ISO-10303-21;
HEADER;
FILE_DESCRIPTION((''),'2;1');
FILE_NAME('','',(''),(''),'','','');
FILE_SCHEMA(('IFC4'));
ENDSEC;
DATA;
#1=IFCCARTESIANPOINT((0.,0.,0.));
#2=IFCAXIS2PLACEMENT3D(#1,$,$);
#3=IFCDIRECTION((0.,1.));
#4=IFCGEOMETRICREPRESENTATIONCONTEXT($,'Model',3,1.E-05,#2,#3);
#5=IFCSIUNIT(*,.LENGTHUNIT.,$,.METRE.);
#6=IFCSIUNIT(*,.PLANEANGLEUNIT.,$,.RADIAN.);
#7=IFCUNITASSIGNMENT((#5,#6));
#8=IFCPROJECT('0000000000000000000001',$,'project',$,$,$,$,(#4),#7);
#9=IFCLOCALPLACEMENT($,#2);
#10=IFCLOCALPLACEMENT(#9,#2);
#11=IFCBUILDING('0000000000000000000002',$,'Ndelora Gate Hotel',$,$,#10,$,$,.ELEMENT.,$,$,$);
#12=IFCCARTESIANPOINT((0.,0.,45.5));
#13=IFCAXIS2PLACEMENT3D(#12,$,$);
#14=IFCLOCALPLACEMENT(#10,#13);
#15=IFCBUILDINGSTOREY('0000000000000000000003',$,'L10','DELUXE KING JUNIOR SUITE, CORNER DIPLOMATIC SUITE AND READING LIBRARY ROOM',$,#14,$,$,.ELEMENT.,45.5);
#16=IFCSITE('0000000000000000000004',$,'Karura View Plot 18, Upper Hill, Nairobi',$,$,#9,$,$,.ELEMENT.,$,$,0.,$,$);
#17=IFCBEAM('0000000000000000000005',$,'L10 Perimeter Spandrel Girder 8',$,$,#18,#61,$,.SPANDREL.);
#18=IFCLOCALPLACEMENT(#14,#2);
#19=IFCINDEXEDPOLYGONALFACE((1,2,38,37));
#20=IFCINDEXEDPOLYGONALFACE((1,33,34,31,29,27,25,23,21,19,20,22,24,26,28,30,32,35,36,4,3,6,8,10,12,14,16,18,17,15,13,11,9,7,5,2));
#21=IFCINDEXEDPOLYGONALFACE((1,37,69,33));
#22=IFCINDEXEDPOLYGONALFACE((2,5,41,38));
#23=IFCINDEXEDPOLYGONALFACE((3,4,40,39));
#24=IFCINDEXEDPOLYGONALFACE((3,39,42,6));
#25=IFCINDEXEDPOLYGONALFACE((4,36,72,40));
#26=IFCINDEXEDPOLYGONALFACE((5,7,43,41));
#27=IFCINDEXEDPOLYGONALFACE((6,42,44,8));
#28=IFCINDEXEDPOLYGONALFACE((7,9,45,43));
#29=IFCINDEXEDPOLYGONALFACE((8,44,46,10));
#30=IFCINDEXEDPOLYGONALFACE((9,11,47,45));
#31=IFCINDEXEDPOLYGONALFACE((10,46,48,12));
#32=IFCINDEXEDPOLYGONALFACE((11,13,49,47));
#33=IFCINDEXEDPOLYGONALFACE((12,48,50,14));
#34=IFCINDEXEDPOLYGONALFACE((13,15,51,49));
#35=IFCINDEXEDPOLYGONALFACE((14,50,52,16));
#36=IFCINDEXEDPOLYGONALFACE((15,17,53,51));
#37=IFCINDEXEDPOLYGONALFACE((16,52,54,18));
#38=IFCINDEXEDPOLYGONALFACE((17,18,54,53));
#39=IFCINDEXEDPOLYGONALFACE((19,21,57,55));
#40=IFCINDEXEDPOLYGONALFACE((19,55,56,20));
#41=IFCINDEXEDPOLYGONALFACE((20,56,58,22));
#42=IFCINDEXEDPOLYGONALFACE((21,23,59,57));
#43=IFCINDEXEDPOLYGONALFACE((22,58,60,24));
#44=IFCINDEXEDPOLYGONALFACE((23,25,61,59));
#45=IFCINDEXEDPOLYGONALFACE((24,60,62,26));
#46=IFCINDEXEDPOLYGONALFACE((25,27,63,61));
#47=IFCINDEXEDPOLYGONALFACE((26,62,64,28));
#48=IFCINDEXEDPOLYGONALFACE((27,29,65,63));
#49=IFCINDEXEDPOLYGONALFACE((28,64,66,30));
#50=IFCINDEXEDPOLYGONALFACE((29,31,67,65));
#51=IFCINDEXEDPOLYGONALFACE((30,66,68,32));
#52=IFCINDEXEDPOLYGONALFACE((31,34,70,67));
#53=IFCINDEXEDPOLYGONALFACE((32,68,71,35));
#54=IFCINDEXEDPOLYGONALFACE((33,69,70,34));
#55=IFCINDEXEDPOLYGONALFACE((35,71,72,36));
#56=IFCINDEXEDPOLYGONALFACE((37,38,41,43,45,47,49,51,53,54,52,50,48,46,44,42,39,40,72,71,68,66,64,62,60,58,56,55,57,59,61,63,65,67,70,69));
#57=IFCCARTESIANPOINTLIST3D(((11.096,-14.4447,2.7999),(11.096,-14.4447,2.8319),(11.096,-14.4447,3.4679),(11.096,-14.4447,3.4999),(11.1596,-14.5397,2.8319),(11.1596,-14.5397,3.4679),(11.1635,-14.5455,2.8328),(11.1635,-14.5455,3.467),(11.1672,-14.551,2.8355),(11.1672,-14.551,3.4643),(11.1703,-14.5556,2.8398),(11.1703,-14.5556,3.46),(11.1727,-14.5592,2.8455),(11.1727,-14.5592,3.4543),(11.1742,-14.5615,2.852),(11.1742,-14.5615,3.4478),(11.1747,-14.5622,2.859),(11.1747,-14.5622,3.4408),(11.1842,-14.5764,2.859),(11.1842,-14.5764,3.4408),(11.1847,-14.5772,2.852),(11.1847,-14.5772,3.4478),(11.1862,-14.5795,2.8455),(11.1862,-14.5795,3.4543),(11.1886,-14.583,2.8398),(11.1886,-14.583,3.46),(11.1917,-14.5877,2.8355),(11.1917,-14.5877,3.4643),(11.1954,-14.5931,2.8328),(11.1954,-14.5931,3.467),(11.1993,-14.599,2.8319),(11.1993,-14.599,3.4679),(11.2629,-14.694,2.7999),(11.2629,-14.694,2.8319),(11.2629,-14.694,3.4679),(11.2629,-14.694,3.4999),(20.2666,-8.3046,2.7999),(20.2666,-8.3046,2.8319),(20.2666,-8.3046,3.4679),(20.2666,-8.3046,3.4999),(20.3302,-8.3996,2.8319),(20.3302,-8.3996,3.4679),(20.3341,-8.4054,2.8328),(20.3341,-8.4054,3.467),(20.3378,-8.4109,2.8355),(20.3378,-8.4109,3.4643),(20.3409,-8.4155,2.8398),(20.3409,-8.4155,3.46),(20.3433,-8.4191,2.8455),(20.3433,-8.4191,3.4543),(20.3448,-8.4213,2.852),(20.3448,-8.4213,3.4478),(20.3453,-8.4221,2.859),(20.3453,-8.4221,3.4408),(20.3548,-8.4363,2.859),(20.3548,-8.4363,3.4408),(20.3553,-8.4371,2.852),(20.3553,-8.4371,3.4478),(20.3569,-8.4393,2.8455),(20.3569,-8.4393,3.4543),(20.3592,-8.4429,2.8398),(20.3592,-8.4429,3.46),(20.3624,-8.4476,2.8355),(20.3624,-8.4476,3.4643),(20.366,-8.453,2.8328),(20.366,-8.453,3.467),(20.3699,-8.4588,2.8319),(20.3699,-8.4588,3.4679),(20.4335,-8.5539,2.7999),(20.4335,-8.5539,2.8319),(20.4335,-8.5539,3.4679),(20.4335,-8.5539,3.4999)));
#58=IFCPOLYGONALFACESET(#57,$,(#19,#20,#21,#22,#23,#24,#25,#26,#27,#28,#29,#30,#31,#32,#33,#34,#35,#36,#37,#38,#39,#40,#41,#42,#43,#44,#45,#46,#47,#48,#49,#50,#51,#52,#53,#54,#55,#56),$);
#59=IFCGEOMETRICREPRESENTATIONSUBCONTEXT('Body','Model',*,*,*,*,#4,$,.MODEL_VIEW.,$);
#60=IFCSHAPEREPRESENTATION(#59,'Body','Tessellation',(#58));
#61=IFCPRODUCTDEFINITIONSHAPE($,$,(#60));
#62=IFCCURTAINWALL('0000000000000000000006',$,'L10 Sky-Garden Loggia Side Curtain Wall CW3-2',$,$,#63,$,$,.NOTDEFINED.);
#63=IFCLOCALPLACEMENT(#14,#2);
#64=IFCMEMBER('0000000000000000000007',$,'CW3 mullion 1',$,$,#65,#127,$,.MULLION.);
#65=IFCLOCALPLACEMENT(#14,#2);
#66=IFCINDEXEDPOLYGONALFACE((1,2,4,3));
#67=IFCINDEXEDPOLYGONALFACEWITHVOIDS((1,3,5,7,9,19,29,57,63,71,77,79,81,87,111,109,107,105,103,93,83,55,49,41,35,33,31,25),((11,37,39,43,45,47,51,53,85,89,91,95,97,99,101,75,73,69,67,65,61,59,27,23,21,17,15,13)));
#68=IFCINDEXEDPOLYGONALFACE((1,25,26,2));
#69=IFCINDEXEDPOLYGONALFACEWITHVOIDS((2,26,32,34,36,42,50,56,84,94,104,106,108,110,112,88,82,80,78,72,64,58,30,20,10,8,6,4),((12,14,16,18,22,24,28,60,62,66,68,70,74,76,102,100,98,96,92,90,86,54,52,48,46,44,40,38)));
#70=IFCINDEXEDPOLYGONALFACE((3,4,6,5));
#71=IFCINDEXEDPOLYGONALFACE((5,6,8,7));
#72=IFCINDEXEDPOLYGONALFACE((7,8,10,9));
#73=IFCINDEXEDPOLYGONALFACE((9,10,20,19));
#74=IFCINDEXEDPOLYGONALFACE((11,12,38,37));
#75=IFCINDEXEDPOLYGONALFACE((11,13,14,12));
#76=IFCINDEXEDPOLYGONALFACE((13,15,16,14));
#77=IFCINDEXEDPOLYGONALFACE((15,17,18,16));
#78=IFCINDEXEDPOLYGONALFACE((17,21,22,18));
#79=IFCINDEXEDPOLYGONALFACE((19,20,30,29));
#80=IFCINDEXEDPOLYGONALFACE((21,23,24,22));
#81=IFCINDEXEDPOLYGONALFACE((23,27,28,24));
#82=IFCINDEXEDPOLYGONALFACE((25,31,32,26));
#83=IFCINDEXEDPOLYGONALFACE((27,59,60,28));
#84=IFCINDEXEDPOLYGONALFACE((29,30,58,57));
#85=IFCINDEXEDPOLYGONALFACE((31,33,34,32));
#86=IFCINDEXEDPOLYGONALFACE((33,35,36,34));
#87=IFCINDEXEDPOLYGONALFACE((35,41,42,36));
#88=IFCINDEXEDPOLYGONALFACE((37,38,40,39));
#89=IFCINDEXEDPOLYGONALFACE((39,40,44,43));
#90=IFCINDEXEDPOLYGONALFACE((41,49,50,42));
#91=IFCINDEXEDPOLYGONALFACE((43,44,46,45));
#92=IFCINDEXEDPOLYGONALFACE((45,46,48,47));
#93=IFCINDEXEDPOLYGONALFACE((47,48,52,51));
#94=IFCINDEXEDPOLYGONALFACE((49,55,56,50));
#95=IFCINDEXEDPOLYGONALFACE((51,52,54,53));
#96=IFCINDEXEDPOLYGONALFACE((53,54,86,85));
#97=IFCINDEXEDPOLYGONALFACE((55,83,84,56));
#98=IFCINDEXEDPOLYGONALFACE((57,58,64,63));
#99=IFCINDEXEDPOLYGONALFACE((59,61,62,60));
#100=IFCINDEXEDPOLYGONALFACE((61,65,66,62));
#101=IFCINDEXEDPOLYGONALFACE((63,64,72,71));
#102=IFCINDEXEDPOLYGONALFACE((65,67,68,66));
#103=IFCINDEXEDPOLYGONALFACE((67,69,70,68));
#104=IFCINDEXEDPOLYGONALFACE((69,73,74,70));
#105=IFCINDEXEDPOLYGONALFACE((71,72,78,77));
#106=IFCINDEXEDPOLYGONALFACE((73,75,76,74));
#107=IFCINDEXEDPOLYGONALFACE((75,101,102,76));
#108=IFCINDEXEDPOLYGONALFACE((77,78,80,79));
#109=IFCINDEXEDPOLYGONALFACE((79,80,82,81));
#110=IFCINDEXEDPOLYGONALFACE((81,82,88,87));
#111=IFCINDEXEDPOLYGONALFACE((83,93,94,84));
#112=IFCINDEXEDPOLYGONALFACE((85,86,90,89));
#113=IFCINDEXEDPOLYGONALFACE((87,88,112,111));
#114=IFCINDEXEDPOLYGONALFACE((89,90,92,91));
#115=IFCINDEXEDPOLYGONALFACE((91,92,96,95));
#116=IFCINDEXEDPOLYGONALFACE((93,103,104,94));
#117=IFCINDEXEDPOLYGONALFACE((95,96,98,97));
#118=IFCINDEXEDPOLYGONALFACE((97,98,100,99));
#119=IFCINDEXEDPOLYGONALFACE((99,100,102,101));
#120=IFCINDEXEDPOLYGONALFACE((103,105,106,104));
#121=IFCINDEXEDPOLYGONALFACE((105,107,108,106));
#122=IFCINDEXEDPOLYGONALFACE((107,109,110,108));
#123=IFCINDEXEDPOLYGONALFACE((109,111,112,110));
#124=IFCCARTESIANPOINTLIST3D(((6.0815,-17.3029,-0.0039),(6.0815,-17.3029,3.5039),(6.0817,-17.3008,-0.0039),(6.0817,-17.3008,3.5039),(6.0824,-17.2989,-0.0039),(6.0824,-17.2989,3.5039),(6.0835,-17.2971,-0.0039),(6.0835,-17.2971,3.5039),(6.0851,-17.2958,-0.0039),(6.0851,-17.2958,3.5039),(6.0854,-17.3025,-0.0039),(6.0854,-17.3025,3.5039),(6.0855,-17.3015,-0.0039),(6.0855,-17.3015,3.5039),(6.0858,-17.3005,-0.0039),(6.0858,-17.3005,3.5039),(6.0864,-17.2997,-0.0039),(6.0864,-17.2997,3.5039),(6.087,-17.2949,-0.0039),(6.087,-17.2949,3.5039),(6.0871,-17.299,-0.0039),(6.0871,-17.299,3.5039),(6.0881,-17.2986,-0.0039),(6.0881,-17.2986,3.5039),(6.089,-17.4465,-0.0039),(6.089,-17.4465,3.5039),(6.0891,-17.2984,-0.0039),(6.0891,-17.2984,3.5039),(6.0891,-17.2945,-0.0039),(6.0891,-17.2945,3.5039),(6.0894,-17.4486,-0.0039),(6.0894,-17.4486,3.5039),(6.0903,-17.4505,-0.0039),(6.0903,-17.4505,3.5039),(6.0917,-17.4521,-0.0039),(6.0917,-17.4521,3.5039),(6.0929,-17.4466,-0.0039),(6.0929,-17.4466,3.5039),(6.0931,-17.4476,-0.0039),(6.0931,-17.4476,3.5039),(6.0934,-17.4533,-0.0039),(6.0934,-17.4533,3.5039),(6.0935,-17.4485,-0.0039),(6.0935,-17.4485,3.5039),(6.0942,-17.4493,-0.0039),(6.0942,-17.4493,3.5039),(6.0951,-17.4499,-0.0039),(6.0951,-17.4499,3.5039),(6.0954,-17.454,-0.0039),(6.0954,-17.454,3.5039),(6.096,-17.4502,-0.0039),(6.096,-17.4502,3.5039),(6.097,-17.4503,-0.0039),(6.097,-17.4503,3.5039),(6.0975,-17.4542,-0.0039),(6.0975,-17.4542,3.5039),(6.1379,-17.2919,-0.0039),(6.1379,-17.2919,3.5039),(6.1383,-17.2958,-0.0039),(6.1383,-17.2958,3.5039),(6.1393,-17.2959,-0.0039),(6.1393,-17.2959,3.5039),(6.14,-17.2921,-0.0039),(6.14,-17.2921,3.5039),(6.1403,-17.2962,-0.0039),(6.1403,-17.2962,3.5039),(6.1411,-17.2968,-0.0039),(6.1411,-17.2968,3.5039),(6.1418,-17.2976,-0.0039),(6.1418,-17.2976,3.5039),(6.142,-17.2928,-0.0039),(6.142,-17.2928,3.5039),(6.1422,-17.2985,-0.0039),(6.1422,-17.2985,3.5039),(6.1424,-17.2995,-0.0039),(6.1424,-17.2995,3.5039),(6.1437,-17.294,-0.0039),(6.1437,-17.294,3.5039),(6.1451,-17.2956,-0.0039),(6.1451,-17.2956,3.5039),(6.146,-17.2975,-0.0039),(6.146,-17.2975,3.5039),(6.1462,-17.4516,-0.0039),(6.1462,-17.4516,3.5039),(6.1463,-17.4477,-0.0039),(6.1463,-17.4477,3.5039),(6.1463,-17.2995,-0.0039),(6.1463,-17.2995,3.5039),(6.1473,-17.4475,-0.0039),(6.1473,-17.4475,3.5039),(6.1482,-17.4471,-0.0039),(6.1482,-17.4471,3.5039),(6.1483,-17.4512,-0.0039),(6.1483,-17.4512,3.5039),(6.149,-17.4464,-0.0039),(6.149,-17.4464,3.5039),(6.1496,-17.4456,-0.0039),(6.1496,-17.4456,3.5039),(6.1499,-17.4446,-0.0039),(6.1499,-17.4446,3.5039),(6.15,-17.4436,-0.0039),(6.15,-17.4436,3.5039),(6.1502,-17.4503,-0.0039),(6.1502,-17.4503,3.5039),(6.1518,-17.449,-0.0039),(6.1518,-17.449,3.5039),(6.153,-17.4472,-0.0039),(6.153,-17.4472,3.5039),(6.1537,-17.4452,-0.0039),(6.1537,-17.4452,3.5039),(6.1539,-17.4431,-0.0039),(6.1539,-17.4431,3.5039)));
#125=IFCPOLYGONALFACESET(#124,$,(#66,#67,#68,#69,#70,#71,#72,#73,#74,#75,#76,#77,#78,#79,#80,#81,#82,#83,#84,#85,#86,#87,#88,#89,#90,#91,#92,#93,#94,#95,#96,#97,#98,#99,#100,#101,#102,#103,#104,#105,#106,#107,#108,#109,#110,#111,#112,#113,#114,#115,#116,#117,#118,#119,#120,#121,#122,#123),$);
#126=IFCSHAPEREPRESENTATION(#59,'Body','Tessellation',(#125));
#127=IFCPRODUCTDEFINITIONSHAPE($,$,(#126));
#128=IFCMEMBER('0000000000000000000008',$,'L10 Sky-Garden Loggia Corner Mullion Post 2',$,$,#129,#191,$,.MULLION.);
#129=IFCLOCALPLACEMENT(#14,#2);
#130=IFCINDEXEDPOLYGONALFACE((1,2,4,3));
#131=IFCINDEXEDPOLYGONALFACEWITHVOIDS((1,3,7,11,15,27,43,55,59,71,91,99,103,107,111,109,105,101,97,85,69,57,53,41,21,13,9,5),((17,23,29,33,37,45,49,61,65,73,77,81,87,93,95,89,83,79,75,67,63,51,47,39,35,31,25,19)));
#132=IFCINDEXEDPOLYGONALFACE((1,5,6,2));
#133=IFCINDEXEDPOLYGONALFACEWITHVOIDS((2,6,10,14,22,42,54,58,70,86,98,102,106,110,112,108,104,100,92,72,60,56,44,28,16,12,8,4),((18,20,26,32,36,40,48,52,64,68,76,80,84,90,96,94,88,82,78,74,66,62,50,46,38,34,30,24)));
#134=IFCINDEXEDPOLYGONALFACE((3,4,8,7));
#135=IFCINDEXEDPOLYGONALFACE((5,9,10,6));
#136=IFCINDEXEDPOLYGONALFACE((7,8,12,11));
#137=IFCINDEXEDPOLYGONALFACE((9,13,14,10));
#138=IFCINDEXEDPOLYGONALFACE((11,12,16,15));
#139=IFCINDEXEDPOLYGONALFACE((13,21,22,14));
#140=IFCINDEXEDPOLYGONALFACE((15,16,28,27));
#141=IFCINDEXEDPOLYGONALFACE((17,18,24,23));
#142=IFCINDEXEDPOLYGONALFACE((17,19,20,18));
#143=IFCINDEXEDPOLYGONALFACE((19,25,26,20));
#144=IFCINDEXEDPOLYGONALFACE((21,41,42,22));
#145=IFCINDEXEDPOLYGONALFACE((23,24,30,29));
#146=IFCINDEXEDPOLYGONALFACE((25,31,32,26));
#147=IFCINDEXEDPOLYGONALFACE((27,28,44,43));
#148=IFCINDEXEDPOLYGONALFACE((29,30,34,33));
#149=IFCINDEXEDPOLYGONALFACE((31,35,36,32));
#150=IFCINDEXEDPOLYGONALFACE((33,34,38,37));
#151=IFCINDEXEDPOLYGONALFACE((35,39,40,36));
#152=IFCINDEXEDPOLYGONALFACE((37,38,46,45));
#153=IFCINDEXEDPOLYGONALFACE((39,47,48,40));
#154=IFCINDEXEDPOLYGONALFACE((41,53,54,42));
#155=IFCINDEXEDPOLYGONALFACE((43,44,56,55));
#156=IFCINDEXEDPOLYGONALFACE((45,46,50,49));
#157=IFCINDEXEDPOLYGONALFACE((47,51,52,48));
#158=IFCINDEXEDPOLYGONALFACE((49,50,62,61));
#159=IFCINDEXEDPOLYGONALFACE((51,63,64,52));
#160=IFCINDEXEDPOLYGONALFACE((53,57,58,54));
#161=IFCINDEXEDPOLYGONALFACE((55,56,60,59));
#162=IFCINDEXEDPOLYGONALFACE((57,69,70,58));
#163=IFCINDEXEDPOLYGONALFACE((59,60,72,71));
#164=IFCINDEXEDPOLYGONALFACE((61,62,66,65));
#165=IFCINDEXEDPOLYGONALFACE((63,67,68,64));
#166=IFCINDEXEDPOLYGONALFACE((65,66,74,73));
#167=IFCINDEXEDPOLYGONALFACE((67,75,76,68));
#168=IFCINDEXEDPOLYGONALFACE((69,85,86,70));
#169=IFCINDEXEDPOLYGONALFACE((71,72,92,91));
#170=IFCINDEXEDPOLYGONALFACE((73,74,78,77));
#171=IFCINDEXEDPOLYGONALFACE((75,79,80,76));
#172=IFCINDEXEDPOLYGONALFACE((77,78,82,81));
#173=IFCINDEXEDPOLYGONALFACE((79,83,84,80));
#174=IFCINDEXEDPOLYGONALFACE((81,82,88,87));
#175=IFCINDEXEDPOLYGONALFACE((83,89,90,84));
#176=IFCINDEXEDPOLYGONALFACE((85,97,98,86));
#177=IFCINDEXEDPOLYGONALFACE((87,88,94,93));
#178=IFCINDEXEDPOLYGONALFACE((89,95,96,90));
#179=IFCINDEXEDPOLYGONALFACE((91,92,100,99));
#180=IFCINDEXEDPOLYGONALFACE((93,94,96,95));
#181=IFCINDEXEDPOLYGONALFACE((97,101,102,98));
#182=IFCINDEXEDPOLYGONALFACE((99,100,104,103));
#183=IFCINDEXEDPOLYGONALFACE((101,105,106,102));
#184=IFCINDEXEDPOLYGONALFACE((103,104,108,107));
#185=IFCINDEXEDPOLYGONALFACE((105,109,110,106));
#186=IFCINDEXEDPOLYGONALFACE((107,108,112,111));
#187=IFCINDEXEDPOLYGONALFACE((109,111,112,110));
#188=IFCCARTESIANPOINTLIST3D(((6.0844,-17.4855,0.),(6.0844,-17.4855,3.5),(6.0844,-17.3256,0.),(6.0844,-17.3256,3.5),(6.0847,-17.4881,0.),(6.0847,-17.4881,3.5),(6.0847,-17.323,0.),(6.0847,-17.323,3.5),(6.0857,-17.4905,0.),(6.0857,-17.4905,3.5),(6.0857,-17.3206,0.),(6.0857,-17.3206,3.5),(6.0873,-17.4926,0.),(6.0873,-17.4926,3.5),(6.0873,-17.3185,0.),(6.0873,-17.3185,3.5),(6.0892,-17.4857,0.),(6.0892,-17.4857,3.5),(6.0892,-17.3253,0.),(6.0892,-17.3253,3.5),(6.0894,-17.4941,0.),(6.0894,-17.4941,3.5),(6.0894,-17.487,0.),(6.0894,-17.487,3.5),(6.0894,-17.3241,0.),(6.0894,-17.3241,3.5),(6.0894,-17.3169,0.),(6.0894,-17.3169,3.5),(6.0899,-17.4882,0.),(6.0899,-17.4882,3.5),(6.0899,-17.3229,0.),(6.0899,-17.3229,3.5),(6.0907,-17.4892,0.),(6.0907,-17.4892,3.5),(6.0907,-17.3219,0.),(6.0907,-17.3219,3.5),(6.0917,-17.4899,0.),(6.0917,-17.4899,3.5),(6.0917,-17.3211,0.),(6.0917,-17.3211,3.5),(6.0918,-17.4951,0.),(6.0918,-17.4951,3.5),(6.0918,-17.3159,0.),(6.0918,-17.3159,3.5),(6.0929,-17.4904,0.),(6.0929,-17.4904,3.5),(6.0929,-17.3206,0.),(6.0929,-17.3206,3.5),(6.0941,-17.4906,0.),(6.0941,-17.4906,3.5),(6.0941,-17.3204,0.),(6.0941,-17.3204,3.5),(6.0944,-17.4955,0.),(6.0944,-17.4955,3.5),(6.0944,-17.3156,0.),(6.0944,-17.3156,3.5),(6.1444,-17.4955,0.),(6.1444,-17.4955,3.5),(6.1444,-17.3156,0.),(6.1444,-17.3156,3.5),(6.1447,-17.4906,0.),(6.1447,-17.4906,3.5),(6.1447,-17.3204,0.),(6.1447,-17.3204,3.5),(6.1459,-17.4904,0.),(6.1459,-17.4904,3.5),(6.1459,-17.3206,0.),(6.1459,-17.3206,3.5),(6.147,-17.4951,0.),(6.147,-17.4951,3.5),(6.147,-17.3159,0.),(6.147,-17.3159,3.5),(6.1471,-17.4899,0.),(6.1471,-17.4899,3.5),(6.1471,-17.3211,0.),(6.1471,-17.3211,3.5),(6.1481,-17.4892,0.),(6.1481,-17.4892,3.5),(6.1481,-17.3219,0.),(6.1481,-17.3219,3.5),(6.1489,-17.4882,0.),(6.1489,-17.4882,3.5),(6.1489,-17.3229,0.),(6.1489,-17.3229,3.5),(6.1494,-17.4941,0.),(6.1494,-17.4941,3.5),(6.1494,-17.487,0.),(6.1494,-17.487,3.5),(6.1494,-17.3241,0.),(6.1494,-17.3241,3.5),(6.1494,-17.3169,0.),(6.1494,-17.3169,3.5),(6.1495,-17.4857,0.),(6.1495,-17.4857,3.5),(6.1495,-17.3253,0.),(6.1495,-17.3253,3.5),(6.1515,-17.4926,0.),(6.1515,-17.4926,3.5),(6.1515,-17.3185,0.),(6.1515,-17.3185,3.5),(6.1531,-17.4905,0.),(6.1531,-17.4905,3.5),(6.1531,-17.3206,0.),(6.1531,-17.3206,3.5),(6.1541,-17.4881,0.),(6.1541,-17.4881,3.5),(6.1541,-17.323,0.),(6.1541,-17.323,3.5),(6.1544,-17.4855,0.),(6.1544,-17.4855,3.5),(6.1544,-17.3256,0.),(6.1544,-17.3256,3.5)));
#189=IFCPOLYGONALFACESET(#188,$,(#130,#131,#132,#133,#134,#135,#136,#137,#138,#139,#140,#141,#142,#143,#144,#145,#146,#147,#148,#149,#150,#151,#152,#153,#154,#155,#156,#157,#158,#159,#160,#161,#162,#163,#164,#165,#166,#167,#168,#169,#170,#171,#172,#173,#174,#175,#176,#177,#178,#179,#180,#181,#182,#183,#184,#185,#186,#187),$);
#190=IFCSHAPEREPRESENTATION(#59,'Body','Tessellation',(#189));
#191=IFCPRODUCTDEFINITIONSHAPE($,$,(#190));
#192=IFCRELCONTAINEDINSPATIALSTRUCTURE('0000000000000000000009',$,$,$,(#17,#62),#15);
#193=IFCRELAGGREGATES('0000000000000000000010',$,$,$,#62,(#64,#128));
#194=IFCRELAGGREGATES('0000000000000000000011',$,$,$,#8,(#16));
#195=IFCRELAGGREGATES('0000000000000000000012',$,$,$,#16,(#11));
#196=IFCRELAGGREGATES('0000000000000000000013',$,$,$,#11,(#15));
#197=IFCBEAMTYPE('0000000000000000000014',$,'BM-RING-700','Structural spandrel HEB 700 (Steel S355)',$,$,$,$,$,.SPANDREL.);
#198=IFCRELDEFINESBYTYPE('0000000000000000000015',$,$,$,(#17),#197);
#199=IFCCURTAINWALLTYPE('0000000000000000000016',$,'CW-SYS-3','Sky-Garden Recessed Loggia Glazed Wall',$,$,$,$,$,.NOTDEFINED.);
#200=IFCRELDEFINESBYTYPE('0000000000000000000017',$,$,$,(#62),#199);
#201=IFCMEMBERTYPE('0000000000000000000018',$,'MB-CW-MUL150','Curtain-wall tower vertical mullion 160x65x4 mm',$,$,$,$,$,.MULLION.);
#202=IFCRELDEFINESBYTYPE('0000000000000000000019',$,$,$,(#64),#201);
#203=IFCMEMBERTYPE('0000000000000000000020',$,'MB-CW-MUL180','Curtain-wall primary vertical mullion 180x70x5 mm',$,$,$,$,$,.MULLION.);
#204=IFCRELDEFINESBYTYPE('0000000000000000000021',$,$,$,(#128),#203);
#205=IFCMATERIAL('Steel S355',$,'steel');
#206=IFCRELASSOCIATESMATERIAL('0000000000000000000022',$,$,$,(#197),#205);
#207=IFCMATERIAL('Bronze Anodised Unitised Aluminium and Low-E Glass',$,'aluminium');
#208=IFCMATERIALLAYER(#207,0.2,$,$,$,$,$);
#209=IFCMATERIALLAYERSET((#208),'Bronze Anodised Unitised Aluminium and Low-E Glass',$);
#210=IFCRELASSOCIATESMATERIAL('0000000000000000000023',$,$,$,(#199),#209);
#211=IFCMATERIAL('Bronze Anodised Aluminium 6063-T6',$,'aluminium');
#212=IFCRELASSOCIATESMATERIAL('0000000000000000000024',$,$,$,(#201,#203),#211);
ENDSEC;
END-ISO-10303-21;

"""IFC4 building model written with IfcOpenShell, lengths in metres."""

from ifc_helpers import new_model, si_unit, direction, frame, origin, origin_2d, place, context, subcontext, project, spatial, hollow_rectangle, i_section, extrude, material, layer, layer_set, material_profile, profile_set, type_object, element, aggregate, save


model = new_model("IFC4")

# Units and contexts
model_context = context("Model", 3, precision=1e-05, world=origin(), true_north=direction((0.0, 1.0)))
body_context = subcontext(model_context, "Body", "Model", "MODEL_VIEW")
ifc_project = project(units=[si_unit("LENGTHUNIT", "METRE"), si_unit("PLANEANGLEUNIT", "RADIAN")], contexts=[model_context])

# Site, building, storey
site_placement = place(None, origin())
site = spatial("IfcSite", under=ifc_project, at=site_placement, Name="Karura View Plot 18, Upper Hill, Nairobi", CompositionType="ELEMENT", RefElevation=0.0)
building_placement = place(site_placement, origin())
building = spatial("IfcBuilding", under=site, at=building_placement, Name="Ndelora Gate Hotel", CompositionType="ELEMENT")
storey_placement = place(building_placement, frame((0.0, 0.0, 45.5)))
storey = spatial("IfcBuildingStorey", under=building, at=storey_placement, Name="L10", Description="DELUXE KING JUNIOR SUITE, CORNER DIPLOMATIC SUITE AND READING LIBRARY ROOM", CompositionType="ELEMENT", Elevation=45.5)

# Beam
ifc_material_1 = material(Name="Steel S355", Category="steel")
ifc_material_profile_1 = material_profile(ifc_material_1, i_section(OverallWidth=0.3, OverallDepth=0.7, WebThickness=0.0171, FlangeThickness=0.032, FilletRadius=0.0271, at=origin_2d()), Name="HEB 700")
ifc_profile_set_1 = profile_set([ifc_material_profile_1], Name="Steel S355")
beam_type_1 = type_object("IfcBeamType", Name="BM-RING-700", Description="Structural spandrel HEB 700 (Steel S355)", PredefinedType="SPANDREL", material=ifc_profile_set_1)
beam_1_placement = place(storey_placement, frame((11.1794, -14.5693, 3.1499), z_axis=(0.830946, 0.556353, 0.0), x_axis=(-0.556353, 0.830946, 0.0)))
element("IfcBeam", 1, at=beam_1_placement, inside=storey, type_object=beam_type_1, Name="L10 Perimeter Spandrel Girder 8", PredefinedType="SPANDREL", context=body_context, shape_type="SweptSolid", body=[
    extrude(i_section(OverallWidth=0.3, OverallDepth=0.7, WebThickness=0.0171, FlangeThickness=0.032, FilletRadius=0.0271, at=origin_2d()), origin(), (0.0, 0.0, 1.0), 11.0364),
])

# Curtain wall, members
ifc_material_2 = material(Name="Bronze Anodised Unitised Aluminium and Low-E Glass", Category="aluminium")
ifc_layer_1 = layer(ifc_material_2, 0.2)
ifc_layer_set_1 = layer_set([ifc_layer_1], Name="Bronze Anodised Unitised Aluminium and Low-E Glass")
curtain_wall_type = type_object("IfcCurtainWallType", Name="CW-SYS-3", Description="Sky-Garden Recessed Loggia Glazed Wall", PredefinedType="NOTDEFINED", material=ifc_layer_set_1)
curtain_wall_placement = place(storey_placement, origin())
curtain_wall = element("IfcCurtainWall", 2, at=curtain_wall_placement, inside=storey, type_object=curtain_wall_type, Name="L10 Sky-Garden Loggia Side Curtain Wall CW3-2", PredefinedType="NOTDEFINED")
ifc_material_3 = material(Name="Bronze Anodised Aluminium 6063-T6", Category="aluminium")
ifc_material_profile_2 = material_profile(ifc_material_3, hollow_rectangle(XDim=0.0649, YDim=0.1599, WallThickness=0.0039, InnerFilletRadius=0.0039, OuterFilletRadius=0.0081, at=origin_2d()), Name="ALU 160x65x4")
ifc_profile_set_2 = profile_set([ifc_material_profile_2], Name="Bronze Anodised Aluminium 6063-T6")
member_type_1 = type_object("IfcMemberType", Name="MB-CW-MUL150", Description="Curtain-wall tower vertical mullion 160x65x4 mm", PredefinedType="MULLION", material=ifc_profile_set_2)
member_1_placement = place(storey_placement, frame((6.1177, -17.373, -0.0039), z_axis=(0.0, 0.0, 1.0), x_axis=(-0.99863, -0.052318, 0.0)))
member_1 = element("IfcMember", 3, at=member_1_placement, type_object=member_type_1, Name="CW3 mullion 1", PredefinedType="MULLION", context=body_context, shape_type="SweptSolid", body=[
    extrude(hollow_rectangle(XDim=0.0649, YDim=0.1599, WallThickness=0.0039, InnerFilletRadius=0.0039, OuterFilletRadius=0.0081, at=origin_2d()), origin(), (0.0, 0.0, 1.0), 3.5078),
])
ifc_material_profile_3 = material_profile(ifc_material_3, hollow_rectangle(XDim=0.0701, YDim=0.1799, WallThickness=0.0049, InnerFilletRadius=0.0049, OuterFilletRadius=0.01, at=origin_2d()), Name="ALU 180x70x5")
ifc_profile_set_3 = profile_set([ifc_material_profile_3], Name="Bronze Anodised Aluminium 6063-T6")
member_type_2 = type_object("IfcMemberType", Name="MB-CW-MUL180", Description="Curtain-wall primary vertical mullion 180x70x5 mm", PredefinedType="MULLION", material=ifc_profile_set_3)
member_2_placement = place(storey_placement, frame((6.1194, -17.4055, 0.0), z_axis=(0.0, 0.0, 1.0), x_axis=(1.0, 0.0, 0.0)))
member_2 = element("IfcMember", 4, at=member_2_placement, type_object=member_type_2, Name="L10 Sky-Garden Loggia Corner Mullion Post 2", PredefinedType="MULLION", context=body_context, shape_type="SweptSolid", body=[
    extrude(hollow_rectangle(XDim=0.0701, YDim=0.1799, WallThickness=0.0049, InnerFilletRadius=0.0049, OuterFilletRadius=0.01, at=origin_2d()), origin(), (0.0, 0.0, 1.0), 3.5),
])
aggregate(curtain_wall, [member_1, member_2])

save(model, "model.ifc")
